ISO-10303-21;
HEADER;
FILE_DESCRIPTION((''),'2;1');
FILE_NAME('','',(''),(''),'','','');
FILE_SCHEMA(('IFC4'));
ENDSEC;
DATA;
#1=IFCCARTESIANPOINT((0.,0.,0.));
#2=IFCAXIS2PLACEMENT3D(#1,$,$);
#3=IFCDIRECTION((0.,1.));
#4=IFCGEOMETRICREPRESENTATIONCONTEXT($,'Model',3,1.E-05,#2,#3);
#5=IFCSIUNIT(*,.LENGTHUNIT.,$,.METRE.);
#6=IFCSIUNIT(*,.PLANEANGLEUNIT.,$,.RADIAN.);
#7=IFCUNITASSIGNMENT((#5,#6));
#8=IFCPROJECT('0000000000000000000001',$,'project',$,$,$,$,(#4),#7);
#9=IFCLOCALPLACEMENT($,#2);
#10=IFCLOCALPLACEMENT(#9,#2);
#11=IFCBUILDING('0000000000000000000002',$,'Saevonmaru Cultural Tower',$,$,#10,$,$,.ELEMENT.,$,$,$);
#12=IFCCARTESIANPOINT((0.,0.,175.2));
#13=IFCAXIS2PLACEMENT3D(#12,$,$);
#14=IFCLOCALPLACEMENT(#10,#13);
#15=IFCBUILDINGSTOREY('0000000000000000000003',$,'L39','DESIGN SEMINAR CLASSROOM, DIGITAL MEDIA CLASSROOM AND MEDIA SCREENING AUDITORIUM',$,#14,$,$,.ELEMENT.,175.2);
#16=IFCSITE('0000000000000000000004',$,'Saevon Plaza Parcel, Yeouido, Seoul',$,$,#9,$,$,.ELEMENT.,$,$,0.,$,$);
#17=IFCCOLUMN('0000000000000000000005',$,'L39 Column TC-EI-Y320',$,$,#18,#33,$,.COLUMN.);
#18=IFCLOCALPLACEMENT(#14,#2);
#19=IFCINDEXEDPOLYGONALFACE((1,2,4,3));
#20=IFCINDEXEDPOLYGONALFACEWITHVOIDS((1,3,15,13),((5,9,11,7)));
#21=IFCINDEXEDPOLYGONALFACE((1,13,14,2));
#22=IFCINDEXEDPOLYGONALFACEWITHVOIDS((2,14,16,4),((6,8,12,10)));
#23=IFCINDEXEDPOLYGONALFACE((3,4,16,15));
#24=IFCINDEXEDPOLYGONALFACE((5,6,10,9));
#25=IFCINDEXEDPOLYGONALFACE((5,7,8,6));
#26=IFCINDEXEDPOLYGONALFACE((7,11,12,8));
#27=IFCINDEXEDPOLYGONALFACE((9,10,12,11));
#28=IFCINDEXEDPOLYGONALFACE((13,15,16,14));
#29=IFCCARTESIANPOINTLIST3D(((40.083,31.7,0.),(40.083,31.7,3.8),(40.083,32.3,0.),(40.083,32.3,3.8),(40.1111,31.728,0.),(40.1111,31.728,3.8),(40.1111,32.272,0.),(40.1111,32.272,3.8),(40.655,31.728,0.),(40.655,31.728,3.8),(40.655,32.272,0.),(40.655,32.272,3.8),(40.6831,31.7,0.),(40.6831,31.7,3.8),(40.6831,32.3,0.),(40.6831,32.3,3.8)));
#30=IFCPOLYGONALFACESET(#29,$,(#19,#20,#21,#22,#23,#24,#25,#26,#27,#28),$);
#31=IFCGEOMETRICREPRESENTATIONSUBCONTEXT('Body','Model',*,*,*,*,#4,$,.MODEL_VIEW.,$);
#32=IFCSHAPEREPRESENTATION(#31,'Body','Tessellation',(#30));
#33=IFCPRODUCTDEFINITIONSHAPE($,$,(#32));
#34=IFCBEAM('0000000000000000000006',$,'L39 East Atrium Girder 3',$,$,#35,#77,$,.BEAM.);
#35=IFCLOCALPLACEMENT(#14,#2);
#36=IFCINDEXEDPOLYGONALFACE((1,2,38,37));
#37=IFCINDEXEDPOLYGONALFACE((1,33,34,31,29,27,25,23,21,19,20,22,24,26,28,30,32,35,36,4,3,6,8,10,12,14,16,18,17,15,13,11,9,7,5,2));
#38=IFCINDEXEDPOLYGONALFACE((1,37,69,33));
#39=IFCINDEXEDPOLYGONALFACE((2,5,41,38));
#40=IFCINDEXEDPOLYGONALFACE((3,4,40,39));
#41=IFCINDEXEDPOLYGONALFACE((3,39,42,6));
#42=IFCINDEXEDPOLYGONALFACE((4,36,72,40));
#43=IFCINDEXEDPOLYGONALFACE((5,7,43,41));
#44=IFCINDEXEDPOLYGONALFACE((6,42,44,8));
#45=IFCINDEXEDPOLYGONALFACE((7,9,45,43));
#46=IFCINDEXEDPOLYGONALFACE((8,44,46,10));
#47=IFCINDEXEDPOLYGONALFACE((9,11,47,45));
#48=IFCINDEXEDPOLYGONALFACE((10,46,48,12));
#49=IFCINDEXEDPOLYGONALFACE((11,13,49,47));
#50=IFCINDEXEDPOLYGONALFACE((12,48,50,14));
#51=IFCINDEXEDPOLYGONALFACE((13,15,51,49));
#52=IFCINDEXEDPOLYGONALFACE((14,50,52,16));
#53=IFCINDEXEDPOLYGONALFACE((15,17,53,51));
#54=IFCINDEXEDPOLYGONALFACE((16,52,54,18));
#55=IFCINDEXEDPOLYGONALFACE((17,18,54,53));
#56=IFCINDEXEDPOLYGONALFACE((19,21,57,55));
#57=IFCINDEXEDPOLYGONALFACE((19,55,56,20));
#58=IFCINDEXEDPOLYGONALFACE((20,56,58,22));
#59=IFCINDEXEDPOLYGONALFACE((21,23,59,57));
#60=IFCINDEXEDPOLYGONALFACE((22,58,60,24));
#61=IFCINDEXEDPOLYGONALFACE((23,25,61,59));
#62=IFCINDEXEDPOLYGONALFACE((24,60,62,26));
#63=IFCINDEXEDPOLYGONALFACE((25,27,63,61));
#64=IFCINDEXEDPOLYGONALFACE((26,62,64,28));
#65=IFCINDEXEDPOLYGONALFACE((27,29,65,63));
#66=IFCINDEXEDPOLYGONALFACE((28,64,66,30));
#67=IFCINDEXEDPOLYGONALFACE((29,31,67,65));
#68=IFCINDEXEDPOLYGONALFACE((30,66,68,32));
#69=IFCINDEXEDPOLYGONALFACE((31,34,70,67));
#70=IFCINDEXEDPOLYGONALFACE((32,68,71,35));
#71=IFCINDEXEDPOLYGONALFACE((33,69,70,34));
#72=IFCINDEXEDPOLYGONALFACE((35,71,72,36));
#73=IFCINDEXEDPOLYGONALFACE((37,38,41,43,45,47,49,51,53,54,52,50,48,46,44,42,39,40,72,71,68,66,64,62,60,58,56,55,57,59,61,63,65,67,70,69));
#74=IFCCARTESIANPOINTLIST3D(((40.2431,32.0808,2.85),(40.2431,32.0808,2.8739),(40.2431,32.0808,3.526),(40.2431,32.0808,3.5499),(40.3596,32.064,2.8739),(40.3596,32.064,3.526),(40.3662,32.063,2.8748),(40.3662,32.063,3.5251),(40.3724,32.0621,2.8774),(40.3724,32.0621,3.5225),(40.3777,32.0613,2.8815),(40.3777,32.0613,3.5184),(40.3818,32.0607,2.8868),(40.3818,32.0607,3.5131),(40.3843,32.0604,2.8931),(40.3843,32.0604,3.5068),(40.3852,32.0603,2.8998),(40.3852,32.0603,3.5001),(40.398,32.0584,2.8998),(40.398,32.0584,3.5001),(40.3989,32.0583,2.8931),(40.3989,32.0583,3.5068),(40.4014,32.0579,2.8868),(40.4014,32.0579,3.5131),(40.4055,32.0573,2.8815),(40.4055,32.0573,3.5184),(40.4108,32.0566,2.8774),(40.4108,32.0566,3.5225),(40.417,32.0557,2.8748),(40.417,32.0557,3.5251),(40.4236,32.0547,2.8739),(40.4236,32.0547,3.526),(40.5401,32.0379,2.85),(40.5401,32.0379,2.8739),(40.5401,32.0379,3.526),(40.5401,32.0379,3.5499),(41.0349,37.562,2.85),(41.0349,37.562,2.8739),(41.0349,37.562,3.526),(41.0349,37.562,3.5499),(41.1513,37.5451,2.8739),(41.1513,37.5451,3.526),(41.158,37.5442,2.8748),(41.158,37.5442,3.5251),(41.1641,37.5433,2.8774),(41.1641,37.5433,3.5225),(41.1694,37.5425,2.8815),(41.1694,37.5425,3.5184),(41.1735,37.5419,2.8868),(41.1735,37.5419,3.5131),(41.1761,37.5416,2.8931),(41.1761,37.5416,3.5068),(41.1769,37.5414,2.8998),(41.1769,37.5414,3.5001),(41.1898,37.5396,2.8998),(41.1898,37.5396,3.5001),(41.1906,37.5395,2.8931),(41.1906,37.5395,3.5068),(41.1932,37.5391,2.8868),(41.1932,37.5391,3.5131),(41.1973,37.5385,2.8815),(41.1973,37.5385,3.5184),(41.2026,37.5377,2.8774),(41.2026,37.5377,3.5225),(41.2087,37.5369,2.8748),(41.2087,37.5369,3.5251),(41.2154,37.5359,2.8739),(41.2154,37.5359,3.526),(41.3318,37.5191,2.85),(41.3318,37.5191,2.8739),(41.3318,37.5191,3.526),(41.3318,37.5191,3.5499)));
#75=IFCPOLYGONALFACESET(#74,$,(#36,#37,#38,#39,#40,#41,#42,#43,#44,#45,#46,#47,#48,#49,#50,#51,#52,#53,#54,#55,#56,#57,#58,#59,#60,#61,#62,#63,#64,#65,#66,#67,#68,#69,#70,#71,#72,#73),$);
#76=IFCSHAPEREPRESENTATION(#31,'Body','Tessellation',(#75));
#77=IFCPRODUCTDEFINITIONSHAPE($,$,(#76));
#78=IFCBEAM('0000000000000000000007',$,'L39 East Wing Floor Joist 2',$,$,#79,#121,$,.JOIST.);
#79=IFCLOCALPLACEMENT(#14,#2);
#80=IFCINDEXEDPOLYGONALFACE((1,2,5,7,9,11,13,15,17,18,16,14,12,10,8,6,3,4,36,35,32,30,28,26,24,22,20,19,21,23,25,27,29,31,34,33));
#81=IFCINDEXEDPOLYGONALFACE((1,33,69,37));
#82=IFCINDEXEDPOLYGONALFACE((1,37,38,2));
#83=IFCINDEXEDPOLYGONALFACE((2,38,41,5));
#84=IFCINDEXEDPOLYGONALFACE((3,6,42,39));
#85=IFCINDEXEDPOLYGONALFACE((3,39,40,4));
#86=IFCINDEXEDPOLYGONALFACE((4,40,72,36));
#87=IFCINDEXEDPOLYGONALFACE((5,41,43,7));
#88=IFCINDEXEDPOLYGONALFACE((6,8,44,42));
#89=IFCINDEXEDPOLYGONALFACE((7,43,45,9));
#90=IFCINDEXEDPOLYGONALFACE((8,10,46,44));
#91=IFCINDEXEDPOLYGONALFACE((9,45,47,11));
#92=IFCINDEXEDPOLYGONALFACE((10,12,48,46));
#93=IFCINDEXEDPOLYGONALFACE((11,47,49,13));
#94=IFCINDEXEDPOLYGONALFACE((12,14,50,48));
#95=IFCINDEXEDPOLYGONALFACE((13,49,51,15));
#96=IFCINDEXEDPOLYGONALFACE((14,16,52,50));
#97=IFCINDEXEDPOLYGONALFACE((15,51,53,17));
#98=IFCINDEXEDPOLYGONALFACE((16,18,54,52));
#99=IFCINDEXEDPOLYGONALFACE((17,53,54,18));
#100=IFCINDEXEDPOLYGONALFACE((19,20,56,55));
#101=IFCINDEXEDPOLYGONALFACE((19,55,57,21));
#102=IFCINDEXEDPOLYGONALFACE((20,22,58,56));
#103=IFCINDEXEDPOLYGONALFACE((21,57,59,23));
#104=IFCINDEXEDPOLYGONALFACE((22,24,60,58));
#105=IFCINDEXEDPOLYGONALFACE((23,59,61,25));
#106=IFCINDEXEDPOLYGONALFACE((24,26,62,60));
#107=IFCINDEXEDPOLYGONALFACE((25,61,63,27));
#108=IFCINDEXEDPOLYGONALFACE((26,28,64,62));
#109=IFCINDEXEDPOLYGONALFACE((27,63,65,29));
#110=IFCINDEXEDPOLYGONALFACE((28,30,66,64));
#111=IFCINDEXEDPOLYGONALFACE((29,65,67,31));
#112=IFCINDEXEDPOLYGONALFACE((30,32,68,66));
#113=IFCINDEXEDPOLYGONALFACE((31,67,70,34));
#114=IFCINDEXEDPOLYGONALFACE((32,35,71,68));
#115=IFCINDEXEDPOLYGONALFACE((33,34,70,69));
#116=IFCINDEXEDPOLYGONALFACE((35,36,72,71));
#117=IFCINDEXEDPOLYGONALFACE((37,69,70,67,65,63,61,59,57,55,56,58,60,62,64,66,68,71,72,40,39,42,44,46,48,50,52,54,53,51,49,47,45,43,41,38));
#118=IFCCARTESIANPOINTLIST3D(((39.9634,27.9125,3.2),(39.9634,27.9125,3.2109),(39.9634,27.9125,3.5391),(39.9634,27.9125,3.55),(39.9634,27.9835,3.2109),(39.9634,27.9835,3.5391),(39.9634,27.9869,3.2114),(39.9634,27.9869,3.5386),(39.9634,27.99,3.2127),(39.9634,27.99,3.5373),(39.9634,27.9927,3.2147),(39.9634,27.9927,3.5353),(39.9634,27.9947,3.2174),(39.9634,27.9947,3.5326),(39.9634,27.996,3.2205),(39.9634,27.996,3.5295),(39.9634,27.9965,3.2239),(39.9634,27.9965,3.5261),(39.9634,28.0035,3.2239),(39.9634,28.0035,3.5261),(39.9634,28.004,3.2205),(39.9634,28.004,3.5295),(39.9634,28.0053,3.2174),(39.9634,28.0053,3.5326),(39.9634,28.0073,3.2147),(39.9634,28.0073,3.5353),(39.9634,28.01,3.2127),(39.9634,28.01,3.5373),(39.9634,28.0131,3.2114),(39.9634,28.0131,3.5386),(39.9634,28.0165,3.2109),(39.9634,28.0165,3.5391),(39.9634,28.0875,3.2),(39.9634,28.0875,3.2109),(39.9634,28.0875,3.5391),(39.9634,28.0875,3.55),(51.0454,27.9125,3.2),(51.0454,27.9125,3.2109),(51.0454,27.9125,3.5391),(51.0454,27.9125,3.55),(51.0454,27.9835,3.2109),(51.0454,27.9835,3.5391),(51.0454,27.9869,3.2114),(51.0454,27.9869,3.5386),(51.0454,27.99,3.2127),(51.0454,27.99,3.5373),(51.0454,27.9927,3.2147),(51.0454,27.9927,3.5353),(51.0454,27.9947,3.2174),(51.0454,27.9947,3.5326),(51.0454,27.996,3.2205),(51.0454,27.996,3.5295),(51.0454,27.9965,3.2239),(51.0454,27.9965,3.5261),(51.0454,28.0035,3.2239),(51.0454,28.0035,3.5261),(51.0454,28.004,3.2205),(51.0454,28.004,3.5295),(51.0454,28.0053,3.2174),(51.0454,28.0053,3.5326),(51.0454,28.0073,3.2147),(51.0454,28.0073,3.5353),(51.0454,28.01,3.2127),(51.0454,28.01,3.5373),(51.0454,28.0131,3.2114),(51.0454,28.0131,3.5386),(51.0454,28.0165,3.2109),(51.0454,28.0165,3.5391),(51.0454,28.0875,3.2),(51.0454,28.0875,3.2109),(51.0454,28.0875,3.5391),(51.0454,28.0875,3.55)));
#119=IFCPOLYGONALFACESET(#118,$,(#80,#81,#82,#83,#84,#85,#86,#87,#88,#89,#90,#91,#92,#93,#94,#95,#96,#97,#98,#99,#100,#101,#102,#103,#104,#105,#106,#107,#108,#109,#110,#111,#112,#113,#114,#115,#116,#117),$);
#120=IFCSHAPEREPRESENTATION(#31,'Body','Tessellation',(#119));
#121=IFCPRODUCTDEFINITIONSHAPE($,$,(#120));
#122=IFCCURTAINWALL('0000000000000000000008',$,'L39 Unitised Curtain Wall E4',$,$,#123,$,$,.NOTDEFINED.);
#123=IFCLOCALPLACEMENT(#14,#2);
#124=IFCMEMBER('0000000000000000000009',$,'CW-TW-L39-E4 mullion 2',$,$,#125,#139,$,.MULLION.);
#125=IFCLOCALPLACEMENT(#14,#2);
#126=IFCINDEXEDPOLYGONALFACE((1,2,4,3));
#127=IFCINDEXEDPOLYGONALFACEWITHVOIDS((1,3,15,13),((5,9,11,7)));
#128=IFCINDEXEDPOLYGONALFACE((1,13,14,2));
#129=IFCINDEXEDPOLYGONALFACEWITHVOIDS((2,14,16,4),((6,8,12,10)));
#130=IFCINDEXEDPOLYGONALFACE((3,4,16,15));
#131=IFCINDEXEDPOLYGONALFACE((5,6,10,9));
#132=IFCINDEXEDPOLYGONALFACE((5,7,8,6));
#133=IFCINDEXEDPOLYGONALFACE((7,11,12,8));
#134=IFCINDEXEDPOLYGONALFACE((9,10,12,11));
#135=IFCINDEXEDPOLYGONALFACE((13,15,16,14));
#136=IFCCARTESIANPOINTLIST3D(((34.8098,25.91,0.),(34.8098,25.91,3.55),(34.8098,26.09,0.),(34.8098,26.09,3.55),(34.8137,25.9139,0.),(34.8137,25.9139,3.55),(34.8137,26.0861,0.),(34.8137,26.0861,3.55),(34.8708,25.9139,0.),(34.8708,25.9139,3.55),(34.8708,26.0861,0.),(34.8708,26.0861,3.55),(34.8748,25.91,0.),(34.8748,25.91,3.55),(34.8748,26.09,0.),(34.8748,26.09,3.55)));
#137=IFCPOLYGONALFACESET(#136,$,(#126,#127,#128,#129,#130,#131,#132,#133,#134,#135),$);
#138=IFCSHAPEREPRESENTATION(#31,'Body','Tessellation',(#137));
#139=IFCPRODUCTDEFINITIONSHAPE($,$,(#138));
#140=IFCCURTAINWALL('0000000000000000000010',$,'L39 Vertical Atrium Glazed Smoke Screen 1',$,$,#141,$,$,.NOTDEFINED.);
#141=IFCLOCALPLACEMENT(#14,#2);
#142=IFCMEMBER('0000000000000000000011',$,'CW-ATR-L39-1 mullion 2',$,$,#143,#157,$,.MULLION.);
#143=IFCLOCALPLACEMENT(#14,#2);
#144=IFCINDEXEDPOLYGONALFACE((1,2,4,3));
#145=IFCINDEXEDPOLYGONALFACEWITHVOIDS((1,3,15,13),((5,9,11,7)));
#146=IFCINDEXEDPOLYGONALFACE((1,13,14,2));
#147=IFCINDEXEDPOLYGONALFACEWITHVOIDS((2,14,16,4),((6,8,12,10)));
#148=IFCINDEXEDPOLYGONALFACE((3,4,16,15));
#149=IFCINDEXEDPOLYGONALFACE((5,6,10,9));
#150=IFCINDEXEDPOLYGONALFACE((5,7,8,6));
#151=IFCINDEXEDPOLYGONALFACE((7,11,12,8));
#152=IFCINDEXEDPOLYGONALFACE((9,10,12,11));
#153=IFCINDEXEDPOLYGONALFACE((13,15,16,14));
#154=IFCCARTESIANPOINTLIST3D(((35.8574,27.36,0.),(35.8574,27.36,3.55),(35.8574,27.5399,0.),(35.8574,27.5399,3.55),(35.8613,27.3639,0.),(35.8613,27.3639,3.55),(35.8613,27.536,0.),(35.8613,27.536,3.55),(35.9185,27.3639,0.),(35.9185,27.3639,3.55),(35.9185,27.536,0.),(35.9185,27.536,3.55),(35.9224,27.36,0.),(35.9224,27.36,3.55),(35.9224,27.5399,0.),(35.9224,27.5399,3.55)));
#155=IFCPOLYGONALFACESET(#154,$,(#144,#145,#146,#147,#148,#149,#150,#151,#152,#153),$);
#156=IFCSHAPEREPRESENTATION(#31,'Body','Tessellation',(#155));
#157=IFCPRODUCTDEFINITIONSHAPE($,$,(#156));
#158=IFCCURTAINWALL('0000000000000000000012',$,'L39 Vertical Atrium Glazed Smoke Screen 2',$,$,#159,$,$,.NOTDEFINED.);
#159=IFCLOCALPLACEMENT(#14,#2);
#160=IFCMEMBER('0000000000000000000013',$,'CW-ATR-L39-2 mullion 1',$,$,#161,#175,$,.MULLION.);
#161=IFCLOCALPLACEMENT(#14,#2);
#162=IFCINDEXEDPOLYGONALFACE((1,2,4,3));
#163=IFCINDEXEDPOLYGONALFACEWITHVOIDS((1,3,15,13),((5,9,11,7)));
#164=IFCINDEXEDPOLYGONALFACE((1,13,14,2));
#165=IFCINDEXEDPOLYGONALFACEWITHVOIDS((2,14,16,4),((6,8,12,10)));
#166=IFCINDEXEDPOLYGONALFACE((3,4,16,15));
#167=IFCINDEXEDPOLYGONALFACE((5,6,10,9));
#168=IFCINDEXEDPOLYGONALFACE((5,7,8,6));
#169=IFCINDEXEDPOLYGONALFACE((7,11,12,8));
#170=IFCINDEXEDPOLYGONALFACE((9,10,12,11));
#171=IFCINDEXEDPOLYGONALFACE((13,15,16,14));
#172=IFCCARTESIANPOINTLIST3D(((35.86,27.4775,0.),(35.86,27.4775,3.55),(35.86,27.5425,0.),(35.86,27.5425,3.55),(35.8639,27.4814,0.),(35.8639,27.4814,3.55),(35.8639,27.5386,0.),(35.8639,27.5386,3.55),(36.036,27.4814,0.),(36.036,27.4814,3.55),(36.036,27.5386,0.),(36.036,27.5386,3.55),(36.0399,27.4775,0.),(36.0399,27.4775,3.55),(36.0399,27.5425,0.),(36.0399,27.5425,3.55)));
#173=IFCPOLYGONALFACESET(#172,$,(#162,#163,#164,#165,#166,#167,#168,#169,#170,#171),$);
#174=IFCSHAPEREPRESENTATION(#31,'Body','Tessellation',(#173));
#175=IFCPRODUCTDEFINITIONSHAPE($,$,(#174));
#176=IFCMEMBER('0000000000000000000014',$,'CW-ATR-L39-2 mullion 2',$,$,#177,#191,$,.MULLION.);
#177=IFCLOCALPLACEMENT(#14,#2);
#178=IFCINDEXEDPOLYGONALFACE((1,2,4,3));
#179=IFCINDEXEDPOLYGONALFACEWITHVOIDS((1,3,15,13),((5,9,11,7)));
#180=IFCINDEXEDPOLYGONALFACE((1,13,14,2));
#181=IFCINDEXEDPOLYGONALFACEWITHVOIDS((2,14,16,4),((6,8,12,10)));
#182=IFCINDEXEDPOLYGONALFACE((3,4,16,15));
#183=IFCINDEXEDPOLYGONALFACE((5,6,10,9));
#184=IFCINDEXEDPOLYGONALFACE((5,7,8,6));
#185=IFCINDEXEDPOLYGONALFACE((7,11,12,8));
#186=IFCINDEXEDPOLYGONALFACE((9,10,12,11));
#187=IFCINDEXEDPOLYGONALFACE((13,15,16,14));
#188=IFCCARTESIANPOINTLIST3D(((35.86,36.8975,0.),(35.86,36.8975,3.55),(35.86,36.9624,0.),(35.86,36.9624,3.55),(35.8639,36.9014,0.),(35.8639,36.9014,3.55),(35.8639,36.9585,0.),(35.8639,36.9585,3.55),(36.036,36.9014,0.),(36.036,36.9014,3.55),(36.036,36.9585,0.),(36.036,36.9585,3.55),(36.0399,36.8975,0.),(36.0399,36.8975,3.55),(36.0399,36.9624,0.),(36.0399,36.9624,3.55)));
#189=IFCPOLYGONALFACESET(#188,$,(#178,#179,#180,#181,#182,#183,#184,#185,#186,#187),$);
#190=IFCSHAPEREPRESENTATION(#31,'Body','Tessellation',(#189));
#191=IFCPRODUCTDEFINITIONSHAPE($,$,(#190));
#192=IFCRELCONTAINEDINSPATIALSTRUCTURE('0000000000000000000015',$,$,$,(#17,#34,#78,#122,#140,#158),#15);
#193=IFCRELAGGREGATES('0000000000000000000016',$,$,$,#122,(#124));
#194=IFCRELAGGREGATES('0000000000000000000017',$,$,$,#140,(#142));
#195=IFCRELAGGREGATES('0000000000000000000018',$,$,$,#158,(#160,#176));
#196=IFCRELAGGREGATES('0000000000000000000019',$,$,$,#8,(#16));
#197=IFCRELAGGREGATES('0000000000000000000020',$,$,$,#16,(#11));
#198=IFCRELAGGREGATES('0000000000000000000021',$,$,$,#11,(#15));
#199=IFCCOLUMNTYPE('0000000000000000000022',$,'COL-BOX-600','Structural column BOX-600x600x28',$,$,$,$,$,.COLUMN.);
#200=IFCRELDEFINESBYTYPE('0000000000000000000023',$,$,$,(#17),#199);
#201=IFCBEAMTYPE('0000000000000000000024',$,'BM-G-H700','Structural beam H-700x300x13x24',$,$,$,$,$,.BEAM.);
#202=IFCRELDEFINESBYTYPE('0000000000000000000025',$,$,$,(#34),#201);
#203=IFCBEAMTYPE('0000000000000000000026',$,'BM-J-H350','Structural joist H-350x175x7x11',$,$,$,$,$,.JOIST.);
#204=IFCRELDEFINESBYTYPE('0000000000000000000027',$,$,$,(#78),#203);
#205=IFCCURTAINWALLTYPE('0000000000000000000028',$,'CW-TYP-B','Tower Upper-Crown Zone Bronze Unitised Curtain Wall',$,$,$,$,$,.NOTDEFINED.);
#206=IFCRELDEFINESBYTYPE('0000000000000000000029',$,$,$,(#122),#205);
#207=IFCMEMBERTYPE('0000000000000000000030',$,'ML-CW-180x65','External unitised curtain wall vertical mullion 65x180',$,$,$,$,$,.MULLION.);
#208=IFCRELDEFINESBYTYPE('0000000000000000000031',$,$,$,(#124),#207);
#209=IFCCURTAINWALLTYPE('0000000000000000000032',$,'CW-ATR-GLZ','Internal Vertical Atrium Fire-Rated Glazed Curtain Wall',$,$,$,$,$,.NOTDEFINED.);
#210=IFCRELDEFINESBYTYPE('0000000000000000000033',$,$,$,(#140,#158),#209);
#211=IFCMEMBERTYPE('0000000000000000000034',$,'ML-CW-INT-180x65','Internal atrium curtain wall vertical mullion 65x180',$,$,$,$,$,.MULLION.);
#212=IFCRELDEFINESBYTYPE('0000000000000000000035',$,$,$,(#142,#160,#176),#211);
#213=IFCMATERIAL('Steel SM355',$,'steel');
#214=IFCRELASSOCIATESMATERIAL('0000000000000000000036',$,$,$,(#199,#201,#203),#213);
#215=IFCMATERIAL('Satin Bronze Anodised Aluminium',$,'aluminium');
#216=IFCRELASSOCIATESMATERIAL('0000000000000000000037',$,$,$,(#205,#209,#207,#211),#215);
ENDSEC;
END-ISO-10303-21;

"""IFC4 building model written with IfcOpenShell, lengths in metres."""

from ifc_helpers import new_model, si_unit, direction, frame, origin, origin_2d, place, context, subcontext, project, spatial, hollow_rectangle, i_section, extrude, material, material_profile, profile_set, type_object, element, aggregate, save


model = new_model("IFC4")

# Units and contexts
model_context = context("Model", 3, precision=1e-05, world=origin(), true_north=direction((0.0, 1.0)))
body_context = subcontext(model_context, "Body", "Model", "MODEL_VIEW")
ifc_project = project(units=[si_unit("LENGTHUNIT", "METRE"), si_unit("PLANEANGLEUNIT", "RADIAN")], contexts=[model_context])

# Site, building, storey
site_placement = place(None, origin())
site = spatial("IfcSite", under=ifc_project, at=site_placement, Name="Saevon Plaza Parcel, Yeouido, Seoul", CompositionType="ELEMENT", RefElevation=0.0)
building_placement = place(site_placement, origin())
building = spatial("IfcBuilding", under=site, at=building_placement, Name="Saevonmaru Cultural Tower", CompositionType="ELEMENT")
storey_placement = place(building_placement, frame((0.0, 0.0, 175.2)))
storey = spatial("IfcBuildingStorey", under=building, at=storey_placement, Name="L39", Description="DESIGN SEMINAR CLASSROOM, DIGITAL MEDIA CLASSROOM AND MEDIA SCREENING AUDITORIUM", CompositionType="ELEMENT", Elevation=175.2)

# Column
ifc_material_1 = material(Name="Steel SM355", Category="steel")
ifc_material_profile_1 = material_profile(ifc_material_1, hollow_rectangle(XDim=0.6001, YDim=0.6001, WallThickness=0.0281, at=origin_2d()), Name="BOX-600x600x28")
ifc_profile_set_1 = profile_set([ifc_material_profile_1], Name="Steel SM355")
column_type = type_object("IfcColumnType", Name="COL-BOX-600", Description="Structural column BOX-600x600x28", PredefinedType="COLUMN", material=ifc_profile_set_1)
column_placement = place(storey_placement, frame((40.3831, 32.0, 0.0), z_axis=(0.0, 0.0, 1.0), x_axis=(1.0, 0.0, 0.0)))
element("IfcColumn", 1, at=column_placement, inside=storey, type_object=column_type, Name="L39 Column TC-EI-Y320", PredefinedType="COLUMN", context=body_context, shape_type="SweptSolid", body=[
    extrude(hollow_rectangle(XDim=0.6001, YDim=0.6001, WallThickness=0.0281, at=origin_2d()), origin(), (0.0, 0.0, 1.0), 3.8),
])

# Beams
ifc_material_profile_2 = material_profile(ifc_material_1, i_section(OverallWidth=0.3, OverallDepth=0.7, WebThickness=0.0129, FlangeThickness=0.0239, FilletRadius=0.0259, at=origin_2d()), Name="H-700x300x13x24")
ifc_profile_set_2 = profile_set([ifc_material_profile_2], Name="Steel SM355")
beam_type_1 = type_object("IfcBeamType", Name="BM-G-H700", Description="Structural beam H-700x300x13x24", PredefinedType="BEAM", material=ifc_profile_set_2)
beam_1_placement = place(storey_placement, frame((40.3916, 32.0593, 3.2), z_axis=(0.142964, 0.989728, 0.0), x_axis=(-0.989728, 0.142964, 0.0)))
element("IfcBeam", 2, at=beam_1_placement, inside=storey, type_object=beam_type_1, Name="L39 East Atrium Girder 3", PredefinedType="BEAM", context=body_context, shape_type="SweptSolid", body=[
    extrude(i_section(OverallWidth=0.3, OverallDepth=0.7, WebThickness=0.0129, FlangeThickness=0.0239, FilletRadius=0.0259, at=origin_2d()), origin(), (0.0, 0.0, 1.0), 5.5381),
])
ifc_material_profile_3 = material_profile(ifc_material_1, i_section(OverallWidth=0.175, OverallDepth=0.3501, WebThickness=0.0071, FlangeThickness=0.011, FilletRadius=0.0129, at=origin_2d()), Name="H-350x175x7x11")
ifc_profile_set_3 = profile_set([ifc_material_profile_3], Name="Steel SM355")
beam_type_2 = type_object("IfcBeamType", Name="BM-J-H350", Description="Structural joist H-350x175x7x11", PredefinedType="JOIST", material=ifc_profile_set_3)
beam_2_placement = place(storey_placement, frame((39.9634, 28.0, 3.375), z_axis=(1.0, 0.0, 0.0), x_axis=(0.0, 1.0, 0.0)))
element("IfcBeam", 3, at=beam_2_placement, inside=storey, type_object=beam_type_2, Name="L39 East Wing Floor Joist 2", PredefinedType="JOIST", context=body_context, shape_type="SweptSolid", body=[
    extrude(i_section(OverallWidth=0.175, OverallDepth=0.3501, WebThickness=0.0071, FlangeThickness=0.011, FilletRadius=0.0129, at=origin_2d()), origin(), (0.0, 0.0, 1.0), 11.082),
])

# Curtain walls, members
ifc_material_2 = material(Name="Satin Bronze Anodised Aluminium", Category="aluminium")
curtain_wall_type_1 = type_object("IfcCurtainWallType", Name="CW-TYP-B", Description="Tower Upper-Crown Zone Bronze Unitised Curtain Wall", PredefinedType="NOTDEFINED", material=ifc_material_2)
curtain_wall_1_placement = place(storey_placement, origin())
curtain_wall_1 = element("IfcCurtainWall", 4, at=curtain_wall_1_placement, inside=storey, type_object=curtain_wall_type_1, Name="L39 Unitised Curtain Wall E4", PredefinedType="NOTDEFINED")
ifc_material_profile_4 = material_profile(ifc_material_2, hollow_rectangle(XDim=0.0649, YDim=0.1799, WallThickness=0.0039, at=origin_2d()), Name="ALU-MULL-180x65x4")
ifc_profile_set_4 = profile_set([ifc_material_profile_4], Name="Satin Bronze Anodised Aluminium")
member_type_1 = type_object("IfcMemberType", Name="ML-CW-180x65", Description="External unitised curtain wall vertical mullion 65x180", PredefinedType="MULLION", material=ifc_profile_set_4)
member_1_placement = place(storey_placement, frame((34.8423, 26.0, 0.0), z_axis=(0.0, 0.0, 1.0), x_axis=(1.0, 0.0, 0.0)))
member_1 = element("IfcMember", 5, at=member_1_placement, type_object=member_type_1, Name="CW-TW-L39-E4 mullion 2", PredefinedType="MULLION", context=body_context, shape_type="SweptSolid", body=[
    extrude(hollow_rectangle(XDim=0.0649, YDim=0.1799, WallThickness=0.0039, at=origin_2d()), origin(), (0.0, 0.0, 1.0), 3.55),
])
aggregate(curtain_wall_1, [member_1])
curtain_wall_type_2 = type_object("IfcCurtainWallType", Name="CW-ATR-GLZ", Description="Internal Vertical Atrium Fire-Rated Glazed Curtain Wall", PredefinedType="NOTDEFINED", material=ifc_material_2)
curtain_wall_2_placement = place(storey_placement, origin())
curtain_wall_2 = element("IfcCurtainWall", 6, at=curtain_wall_2_placement, inside=storey, type_object=curtain_wall_type_2, Name="L39 Vertical Atrium Glazed Smoke Screen 1", PredefinedType="NOTDEFINED")
ifc_material_profile_5 = material_profile(ifc_material_2, hollow_rectangle(XDim=0.0649, YDim=0.1799, WallThickness=0.0039, at=origin_2d()), Name="ALU-MULL-180x65x4")
ifc_profile_set_5 = profile_set([ifc_material_profile_5], Name="Satin Bronze Anodised Aluminium")
member_type_2 = type_object("IfcMemberType", Name="ML-CW-INT-180x65", Description="Internal atrium curtain wall vertical mullion 65x180", PredefinedType="MULLION", material=ifc_profile_set_5)
member_2_placement = place(storey_placement, frame((35.8899, 27.45, 0.0), z_axis=(0.0, 0.0, 1.0), x_axis=(1.0, 0.0, 0.0)))
member_2 = element("IfcMember", 7, at=member_2_placement, type_object=member_type_2, Name="CW-ATR-L39-1 mullion 2", PredefinedType="MULLION", context=body_context, shape_type="SweptSolid", body=[
    extrude(hollow_rectangle(XDim=0.0649, YDim=0.1799, WallThickness=0.0039, at=origin_2d()), origin(), (0.0, 0.0, 1.0), 3.55),
])

# Curtain wall, members
curtain_wall_3_placement = place(storey_placement, origin())
curtain_wall_3 = element("IfcCurtainWall", 8, at=curtain_wall_3_placement, inside=storey, type_object=curtain_wall_type_2, Name="L39 Vertical Atrium Glazed Smoke Screen 2", PredefinedType="NOTDEFINED")
member_3_placement = place(storey_placement, frame((35.95, 27.51, 0.0), z_axis=(0.0, 0.0, 1.0), x_axis=(0.0, 1.0, 0.0)))
member_3 = element("IfcMember", 9, at=member_3_placement, type_object=member_type_2, Name="CW-ATR-L39-2 mullion 1", PredefinedType="MULLION", context=body_context, shape_type="SweptSolid", body=[
    extrude(hollow_rectangle(XDim=0.0649, YDim=0.1799, WallThickness=0.0039, at=origin_2d()), origin(), (0.0, 0.0, 1.0), 3.55),
])
member_4_placement = place(storey_placement, frame((35.95, 36.9299, 0.0), z_axis=(0.0, 0.0, 1.0), x_axis=(0.0, 1.0, 0.0)))
member_4 = element("IfcMember", 10, at=member_4_placement, type_object=member_type_2, Name="CW-ATR-L39-2 mullion 2", PredefinedType="MULLION", context=body_context, shape_type="SweptSolid", body=[
    extrude(hollow_rectangle(XDim=0.0649, YDim=0.1799, WallThickness=0.0039, at=origin_2d()), origin(), (0.0, 0.0, 1.0), 3.55),
])

aggregate(curtain_wall_2, [member_2])
aggregate(curtain_wall_3, [member_3, member_4])

save(model, "model.ifc")
